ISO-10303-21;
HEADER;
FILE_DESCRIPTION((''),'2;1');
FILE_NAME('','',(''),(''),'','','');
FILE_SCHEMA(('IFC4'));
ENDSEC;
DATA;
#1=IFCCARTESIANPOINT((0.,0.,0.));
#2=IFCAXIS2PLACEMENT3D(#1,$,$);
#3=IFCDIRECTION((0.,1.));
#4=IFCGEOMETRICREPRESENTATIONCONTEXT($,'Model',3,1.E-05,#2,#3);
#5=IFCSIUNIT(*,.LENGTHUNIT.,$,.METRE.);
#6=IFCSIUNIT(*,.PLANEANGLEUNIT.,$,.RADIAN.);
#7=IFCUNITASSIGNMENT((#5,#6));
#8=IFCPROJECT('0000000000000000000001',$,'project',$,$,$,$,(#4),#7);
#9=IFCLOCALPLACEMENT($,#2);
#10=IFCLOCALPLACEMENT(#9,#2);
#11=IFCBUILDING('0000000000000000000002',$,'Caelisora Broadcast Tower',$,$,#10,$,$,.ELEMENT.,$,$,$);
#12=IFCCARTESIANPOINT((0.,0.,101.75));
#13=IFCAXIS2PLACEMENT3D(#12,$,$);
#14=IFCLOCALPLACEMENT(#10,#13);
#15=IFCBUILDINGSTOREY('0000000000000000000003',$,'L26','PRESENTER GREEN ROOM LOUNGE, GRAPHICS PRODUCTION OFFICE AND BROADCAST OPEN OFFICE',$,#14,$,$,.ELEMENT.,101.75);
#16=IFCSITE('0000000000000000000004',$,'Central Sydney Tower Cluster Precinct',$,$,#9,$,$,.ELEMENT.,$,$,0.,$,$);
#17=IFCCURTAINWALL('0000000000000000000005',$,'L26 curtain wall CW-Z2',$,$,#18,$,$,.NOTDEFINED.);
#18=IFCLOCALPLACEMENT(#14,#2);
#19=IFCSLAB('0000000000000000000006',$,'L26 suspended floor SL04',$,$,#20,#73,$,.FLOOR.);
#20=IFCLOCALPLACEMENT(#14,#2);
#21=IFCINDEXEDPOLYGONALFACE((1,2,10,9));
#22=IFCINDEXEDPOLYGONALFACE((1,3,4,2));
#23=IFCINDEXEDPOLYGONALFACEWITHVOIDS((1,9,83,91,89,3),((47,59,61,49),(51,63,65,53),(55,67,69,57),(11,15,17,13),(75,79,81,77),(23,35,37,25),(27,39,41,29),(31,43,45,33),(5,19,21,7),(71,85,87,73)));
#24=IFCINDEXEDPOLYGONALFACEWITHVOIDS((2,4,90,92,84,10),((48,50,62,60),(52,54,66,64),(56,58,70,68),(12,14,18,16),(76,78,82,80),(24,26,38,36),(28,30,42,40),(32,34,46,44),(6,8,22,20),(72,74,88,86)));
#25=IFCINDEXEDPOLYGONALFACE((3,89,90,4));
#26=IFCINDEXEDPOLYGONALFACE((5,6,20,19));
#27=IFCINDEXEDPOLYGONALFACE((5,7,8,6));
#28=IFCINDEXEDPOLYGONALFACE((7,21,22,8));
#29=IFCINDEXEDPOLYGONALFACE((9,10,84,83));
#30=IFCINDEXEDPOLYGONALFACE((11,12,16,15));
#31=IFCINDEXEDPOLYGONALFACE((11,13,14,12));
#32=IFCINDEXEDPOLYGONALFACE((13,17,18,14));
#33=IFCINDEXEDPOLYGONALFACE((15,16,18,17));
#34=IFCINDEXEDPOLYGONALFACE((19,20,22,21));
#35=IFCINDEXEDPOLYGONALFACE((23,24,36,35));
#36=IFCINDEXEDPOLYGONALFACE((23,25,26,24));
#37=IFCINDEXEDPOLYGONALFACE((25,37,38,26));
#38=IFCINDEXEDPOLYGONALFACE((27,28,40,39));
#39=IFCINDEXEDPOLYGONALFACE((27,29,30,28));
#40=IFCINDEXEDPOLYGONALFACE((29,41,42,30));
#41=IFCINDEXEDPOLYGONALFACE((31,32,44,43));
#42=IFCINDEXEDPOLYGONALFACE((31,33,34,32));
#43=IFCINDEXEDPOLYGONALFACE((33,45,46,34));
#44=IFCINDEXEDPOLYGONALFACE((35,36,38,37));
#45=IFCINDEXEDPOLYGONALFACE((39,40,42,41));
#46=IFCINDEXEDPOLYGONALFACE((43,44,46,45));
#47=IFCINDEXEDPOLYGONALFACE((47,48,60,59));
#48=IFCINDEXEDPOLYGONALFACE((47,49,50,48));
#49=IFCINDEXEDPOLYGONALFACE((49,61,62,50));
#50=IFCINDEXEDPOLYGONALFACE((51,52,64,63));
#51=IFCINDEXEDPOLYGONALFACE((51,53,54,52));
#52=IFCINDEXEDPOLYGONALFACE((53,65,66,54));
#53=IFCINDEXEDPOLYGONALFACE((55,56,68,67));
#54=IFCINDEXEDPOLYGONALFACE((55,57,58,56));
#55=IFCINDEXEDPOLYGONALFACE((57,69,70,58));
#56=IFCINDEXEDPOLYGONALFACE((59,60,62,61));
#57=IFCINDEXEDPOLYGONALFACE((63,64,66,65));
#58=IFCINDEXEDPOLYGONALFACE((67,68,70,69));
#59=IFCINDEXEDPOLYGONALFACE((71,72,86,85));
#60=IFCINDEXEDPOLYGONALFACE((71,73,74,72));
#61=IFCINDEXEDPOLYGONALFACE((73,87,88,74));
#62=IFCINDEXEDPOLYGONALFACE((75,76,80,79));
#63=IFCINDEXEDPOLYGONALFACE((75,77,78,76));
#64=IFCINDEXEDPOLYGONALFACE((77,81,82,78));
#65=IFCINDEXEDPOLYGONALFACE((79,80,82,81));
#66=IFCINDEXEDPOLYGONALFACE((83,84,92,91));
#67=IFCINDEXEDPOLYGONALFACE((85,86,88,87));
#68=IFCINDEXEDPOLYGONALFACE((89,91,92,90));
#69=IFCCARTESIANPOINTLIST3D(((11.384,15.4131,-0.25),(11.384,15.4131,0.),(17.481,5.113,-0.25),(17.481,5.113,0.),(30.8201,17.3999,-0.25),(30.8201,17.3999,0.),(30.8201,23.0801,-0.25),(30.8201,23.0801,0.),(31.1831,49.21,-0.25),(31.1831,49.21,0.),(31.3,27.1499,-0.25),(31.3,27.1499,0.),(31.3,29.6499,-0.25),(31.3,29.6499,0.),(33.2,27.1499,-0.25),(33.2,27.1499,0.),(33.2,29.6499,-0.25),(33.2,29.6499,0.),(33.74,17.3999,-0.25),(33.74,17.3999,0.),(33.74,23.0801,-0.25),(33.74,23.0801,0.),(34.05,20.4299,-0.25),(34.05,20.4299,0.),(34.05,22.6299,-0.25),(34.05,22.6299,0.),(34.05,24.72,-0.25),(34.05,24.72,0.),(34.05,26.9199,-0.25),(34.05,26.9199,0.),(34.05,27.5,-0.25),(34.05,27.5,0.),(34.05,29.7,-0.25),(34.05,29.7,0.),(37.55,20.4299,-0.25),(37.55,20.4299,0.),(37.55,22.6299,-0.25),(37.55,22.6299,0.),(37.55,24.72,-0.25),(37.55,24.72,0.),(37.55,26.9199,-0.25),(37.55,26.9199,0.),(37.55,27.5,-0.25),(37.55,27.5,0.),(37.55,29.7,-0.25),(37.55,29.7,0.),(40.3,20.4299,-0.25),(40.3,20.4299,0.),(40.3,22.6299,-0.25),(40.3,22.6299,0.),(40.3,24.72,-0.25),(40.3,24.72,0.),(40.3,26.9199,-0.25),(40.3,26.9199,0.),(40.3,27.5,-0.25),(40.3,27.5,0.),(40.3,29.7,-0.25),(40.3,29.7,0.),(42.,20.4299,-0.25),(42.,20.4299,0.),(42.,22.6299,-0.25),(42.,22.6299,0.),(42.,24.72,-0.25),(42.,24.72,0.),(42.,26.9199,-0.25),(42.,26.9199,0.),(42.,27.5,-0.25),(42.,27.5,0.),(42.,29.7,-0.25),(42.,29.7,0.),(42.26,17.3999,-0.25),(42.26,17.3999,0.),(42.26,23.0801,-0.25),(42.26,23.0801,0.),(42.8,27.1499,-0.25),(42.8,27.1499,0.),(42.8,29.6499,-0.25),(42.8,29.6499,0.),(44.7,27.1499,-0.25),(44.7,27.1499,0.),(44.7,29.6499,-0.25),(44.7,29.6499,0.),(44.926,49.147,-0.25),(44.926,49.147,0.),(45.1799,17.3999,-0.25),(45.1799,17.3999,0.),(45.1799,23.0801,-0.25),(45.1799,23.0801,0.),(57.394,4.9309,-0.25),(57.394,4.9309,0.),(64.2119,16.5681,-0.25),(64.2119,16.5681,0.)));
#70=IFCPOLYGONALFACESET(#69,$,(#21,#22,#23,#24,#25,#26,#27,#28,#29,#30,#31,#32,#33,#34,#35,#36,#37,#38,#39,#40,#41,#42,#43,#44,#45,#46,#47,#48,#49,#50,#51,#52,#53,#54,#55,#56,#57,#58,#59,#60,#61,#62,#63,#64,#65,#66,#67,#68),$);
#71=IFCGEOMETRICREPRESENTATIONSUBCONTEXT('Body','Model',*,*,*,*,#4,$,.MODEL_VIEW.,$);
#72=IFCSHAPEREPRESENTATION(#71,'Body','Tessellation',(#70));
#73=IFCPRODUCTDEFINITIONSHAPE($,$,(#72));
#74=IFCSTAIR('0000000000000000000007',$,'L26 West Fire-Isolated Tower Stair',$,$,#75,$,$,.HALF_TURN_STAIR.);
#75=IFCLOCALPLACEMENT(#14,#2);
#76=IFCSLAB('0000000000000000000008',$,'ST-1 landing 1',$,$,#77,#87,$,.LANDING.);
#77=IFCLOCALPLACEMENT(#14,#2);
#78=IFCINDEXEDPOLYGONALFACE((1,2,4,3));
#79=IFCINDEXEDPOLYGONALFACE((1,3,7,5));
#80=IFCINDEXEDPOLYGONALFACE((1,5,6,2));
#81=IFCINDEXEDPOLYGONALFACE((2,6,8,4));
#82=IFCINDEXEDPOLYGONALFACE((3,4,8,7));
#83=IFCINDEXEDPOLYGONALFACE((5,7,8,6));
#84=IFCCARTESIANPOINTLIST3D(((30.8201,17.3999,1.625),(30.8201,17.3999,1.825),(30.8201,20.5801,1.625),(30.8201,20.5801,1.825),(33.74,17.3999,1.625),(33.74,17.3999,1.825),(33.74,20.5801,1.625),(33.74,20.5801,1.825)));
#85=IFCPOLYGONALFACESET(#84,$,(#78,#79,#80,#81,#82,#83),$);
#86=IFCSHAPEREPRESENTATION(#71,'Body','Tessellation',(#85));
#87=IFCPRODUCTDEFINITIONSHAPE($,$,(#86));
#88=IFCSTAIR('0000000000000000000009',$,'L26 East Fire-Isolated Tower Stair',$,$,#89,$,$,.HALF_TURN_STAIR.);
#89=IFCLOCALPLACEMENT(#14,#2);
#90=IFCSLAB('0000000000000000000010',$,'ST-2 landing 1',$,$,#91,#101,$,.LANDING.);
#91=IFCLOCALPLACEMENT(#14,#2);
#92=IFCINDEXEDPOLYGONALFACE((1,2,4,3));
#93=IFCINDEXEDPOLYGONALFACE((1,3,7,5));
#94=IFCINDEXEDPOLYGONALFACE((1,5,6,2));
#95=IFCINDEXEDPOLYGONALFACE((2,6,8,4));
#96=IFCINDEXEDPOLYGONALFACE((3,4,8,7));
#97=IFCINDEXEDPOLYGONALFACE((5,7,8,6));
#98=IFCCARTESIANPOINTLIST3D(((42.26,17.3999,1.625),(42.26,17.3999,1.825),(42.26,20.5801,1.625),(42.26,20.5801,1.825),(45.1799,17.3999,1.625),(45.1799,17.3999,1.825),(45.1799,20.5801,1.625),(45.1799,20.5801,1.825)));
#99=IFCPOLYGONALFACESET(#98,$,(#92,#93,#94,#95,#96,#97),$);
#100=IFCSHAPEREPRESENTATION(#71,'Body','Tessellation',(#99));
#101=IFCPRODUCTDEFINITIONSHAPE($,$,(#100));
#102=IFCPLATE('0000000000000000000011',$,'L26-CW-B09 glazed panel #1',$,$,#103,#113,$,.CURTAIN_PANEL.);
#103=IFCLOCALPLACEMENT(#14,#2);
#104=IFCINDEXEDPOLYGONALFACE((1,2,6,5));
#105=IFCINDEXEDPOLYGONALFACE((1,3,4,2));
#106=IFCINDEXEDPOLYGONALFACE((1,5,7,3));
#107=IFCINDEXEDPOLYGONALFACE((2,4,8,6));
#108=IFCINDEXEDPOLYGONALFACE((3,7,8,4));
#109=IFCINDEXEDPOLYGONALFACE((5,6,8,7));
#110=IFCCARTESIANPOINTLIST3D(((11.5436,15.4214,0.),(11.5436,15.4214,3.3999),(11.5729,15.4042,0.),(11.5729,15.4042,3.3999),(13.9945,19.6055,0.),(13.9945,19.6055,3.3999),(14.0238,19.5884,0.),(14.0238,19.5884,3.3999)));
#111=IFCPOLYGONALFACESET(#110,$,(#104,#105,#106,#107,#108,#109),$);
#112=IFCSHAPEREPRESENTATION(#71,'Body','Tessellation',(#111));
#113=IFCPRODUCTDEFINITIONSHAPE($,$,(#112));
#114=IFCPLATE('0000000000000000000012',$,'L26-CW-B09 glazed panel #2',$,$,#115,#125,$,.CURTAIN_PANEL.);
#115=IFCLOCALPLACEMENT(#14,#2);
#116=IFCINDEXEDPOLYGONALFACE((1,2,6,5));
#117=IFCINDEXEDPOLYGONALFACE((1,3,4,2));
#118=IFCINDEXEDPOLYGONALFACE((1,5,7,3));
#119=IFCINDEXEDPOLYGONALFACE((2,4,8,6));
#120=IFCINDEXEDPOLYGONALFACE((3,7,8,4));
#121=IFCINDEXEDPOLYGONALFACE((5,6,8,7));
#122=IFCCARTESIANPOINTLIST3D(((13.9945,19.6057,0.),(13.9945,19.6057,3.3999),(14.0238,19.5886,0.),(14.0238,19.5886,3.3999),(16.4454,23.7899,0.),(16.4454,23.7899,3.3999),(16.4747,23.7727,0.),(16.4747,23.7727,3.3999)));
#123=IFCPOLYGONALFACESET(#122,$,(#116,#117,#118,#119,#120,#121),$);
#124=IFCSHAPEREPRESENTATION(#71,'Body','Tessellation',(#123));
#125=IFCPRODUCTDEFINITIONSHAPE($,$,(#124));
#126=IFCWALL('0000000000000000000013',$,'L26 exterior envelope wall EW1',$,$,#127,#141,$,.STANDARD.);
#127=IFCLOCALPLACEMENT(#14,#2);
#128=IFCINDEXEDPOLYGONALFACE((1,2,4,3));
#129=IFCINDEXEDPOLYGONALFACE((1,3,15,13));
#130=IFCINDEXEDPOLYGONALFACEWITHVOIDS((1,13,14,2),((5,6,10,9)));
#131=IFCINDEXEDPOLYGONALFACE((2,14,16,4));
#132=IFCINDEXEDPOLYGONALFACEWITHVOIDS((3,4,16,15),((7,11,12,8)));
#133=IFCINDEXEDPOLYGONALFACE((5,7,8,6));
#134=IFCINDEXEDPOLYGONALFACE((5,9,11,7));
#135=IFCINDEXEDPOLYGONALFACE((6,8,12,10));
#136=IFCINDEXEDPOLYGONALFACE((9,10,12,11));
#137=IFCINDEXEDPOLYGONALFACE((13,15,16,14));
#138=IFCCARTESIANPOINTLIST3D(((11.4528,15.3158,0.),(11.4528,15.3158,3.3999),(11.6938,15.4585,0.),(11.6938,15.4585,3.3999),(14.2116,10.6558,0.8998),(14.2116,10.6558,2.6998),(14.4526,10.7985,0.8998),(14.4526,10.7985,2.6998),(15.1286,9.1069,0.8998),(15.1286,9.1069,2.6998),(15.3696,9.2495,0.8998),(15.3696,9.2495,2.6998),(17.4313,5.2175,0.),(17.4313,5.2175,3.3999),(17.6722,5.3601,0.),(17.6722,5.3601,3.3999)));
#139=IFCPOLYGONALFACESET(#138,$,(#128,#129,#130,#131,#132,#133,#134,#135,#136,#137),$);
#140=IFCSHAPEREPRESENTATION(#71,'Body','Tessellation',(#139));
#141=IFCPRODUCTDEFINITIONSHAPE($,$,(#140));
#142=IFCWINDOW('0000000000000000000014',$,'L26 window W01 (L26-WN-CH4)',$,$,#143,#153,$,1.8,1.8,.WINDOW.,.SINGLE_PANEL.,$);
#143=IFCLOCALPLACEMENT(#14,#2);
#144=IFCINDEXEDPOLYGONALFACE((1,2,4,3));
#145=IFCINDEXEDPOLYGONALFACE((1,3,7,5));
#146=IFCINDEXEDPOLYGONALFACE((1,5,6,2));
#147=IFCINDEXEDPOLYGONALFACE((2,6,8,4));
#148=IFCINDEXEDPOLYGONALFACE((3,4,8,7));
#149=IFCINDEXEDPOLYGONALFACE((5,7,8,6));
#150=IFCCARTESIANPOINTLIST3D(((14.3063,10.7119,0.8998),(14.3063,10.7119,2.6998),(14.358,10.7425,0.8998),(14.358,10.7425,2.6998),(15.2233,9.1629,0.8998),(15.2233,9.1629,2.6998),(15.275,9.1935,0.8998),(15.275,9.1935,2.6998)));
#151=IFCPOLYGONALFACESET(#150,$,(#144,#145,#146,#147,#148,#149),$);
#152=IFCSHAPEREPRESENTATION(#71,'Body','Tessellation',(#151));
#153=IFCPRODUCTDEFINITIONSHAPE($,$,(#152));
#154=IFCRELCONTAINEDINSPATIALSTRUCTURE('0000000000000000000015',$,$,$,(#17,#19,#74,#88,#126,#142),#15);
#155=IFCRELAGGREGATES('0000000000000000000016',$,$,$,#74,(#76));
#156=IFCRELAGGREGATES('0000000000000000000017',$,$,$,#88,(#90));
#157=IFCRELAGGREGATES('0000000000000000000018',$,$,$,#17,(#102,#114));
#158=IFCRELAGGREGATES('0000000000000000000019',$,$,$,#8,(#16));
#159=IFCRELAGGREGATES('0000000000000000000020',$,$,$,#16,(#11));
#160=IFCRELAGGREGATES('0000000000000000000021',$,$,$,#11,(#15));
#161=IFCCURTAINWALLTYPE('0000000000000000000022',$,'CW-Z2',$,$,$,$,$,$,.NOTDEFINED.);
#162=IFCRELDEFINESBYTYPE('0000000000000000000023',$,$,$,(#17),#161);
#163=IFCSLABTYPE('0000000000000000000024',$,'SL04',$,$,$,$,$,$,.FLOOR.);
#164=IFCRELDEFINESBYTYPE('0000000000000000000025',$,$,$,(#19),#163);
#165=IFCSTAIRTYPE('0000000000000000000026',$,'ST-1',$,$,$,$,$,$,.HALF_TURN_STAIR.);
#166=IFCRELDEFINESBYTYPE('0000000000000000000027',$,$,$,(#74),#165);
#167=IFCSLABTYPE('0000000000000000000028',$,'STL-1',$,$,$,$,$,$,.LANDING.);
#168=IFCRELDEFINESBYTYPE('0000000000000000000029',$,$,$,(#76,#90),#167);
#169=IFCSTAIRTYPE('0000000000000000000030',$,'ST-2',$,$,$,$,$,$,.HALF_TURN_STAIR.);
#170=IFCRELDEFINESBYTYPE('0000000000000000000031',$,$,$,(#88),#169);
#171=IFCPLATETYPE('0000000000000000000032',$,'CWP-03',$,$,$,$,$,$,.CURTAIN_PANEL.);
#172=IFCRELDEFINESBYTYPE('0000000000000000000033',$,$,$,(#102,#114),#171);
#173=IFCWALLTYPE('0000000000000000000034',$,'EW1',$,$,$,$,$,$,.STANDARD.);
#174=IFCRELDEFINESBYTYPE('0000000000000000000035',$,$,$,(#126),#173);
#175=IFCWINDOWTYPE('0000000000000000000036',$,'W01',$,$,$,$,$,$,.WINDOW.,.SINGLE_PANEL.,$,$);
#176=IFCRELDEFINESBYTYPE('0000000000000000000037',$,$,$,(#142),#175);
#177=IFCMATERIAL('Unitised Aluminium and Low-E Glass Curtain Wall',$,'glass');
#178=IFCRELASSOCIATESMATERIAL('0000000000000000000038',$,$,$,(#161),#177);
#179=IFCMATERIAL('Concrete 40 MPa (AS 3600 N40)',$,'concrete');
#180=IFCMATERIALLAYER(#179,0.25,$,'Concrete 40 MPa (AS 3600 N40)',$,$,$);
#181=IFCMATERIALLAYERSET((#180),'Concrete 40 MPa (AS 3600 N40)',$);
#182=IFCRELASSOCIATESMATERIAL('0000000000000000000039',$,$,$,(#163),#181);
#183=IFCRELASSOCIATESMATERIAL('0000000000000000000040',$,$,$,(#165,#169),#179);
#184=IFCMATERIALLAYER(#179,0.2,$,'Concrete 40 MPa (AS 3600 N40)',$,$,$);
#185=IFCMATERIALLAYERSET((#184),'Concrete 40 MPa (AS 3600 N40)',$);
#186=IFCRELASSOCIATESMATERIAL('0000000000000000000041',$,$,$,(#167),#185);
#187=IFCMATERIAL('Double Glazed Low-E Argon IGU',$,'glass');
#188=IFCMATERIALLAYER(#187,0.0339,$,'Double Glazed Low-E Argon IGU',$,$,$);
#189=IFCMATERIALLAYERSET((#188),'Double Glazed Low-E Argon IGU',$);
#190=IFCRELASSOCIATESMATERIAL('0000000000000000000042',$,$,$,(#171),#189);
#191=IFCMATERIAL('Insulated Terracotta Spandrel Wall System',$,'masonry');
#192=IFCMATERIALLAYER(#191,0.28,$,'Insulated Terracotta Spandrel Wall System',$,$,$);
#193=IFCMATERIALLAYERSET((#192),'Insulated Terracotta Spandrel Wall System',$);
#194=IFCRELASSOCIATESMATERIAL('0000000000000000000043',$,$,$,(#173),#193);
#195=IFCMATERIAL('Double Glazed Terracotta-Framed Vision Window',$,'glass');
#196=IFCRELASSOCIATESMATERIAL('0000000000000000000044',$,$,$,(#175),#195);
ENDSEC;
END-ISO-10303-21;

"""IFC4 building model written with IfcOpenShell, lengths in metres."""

from ifc_helpers import new_model, si_unit, direction, frame, frame_2d, origin, origin_2d, place, context, subcontext, project, spatial, polyline, rectangle, outline, extrude, source, transform, mapped, material, layer, layer_set, type_object, type_shapes, element, fill, aggregate, save


model = new_model("IFC4")

# Units and contexts
model_context = context("Model", 3, precision=1e-05, world=origin(), true_north=direction((0.0, 1.0)))
body_context = subcontext(model_context, "Body", "Model", "MODEL_VIEW")
ifc_project = project(units=[si_unit("LENGTHUNIT", "METRE"), si_unit("PLANEANGLEUNIT", "RADIAN")], contexts=[model_context])

# Site, building, storey
site_placement = place(None, origin())
site = spatial("IfcSite", under=ifc_project, at=site_placement, Name="Central Sydney Tower Cluster Precinct", CompositionType="ELEMENT", RefElevation=0.0)
building_placement = place(site_placement, origin())
building = spatial("IfcBuilding", under=site, at=building_placement, Name="Caelisora Broadcast Tower", CompositionType="ELEMENT")
storey_placement = place(building_placement, frame((0.0, 0.0, 101.75)))
storey = spatial("IfcBuildingStorey", under=building, at=storey_placement, Name="L26", Description="PRESENTER GREEN ROOM LOUNGE, GRAPHICS PRODUCTION OFFICE AND BROADCAST OPEN OFFICE", CompositionType="ELEMENT", Elevation=101.75)

# Curtain wall
ifc_material_1 = material(Name="Unitised Aluminium and Low-E Glass Curtain Wall", Category="glass")
curtain_wall_type = type_object("IfcCurtainWallType", Name="CW-Z2", PredefinedType="NOTDEFINED", material=ifc_material_1)
curtain_wall_placement = place(storey_placement, origin())
curtain_wall = element("IfcCurtainWall", 1, at=curtain_wall_placement, inside=storey, type_object=curtain_wall_type, Name="L26 curtain wall CW-Z2", PredefinedType="NOTDEFINED")

# Slab
ifc_material_2 = material(Name="Concrete 40 MPa (AS 3600 N40)", Category="concrete")
ifc_layer_1 = layer(ifc_material_2, 0.25, Name="Concrete 40 MPa (AS 3600 N40)")
ifc_layer_set_1 = layer_set([ifc_layer_1], Name="Concrete 40 MPa (AS 3600 N40)")
slab_type_1 = type_object("IfcSlabType", Name="SL04", PredefinedType="FLOOR", material=ifc_layer_set_1)
slab_1_placement = place(storey_placement, frame((0.0, 0.0, -0.25)))
element("IfcSlab", 2, at=slab_1_placement, inside=storey, type_object=slab_type_1, Name="L26 suspended floor SL04", PredefinedType="FLOOR", context=body_context, shape_type="SweptSolid", body=[
    extrude(outline(polyline([(44.926, 49.147), (31.1831, 49.21), (11.384, 15.4131), (17.481, 5.113), (57.394, 4.9309), (64.2119, 16.5681), (44.926, 49.147)]), holes=[polyline([(30.8201, 17.3999), (33.74, 17.3999), (33.74, 23.0801), (30.8201, 23.0801), (30.8201, 17.3999)]), polyline([(42.26, 17.3999), (45.1799, 17.3999), (45.1799, 23.0801), (42.26, 23.0801), (42.26, 17.3999)]), polyline([(42.8, 27.1499), (44.7, 27.1499), (44.7, 29.6499), (42.8, 29.6499), (42.8, 27.1499)]), polyline([(40.3, 20.4299), (42.0, 20.4299), (42.0, 22.6299), (40.3, 22.6299), (40.3, 20.4299)]), polyline([(40.3, 24.72), (42.0, 24.72), (42.0, 26.9199), (40.3, 26.9199), (40.3, 24.72)]), polyline([(40.3, 27.5), (42.0, 27.5), (42.0, 29.7), (40.3, 29.7), (40.3, 27.5)]), polyline([(34.05, 20.4299), (37.55, 20.4299), (37.55, 22.6299), (34.05, 22.6299), (34.05, 20.4299)]), polyline([(34.05, 24.72), (37.55, 24.72), (37.55, 26.9199), (34.05, 26.9199), (34.05, 24.72)]), polyline([(34.05, 27.5), (37.55, 27.5), (37.55, 29.7), (34.05, 29.7), (34.05, 27.5)]), polyline([(31.3, 27.1499), (33.2, 27.1499), (33.2, 29.6499), (31.3, 29.6499), (31.3, 27.1499)])]), origin(), (0.0, 0.0, 1.0), 0.25),
])

# Stairs, slabs
stair_type_1 = type_object("IfcStairType", Name="ST-1", PredefinedType="HALF_TURN_STAIR", material=ifc_material_2)
stair_1_placement = place(storey_placement, origin())
stair_1 = element("IfcStair", 3, at=stair_1_placement, inside=storey, type_object=stair_type_1, Name="L26 West Fire-Isolated Tower Stair", PredefinedType="HALF_TURN_STAIR")
ifc_layer_2 = layer(ifc_material_2, 0.2, Name="Concrete 40 MPa (AS 3600 N40)")
ifc_layer_set_2 = layer_set([ifc_layer_2], Name="Concrete 40 MPa (AS 3600 N40)")
slab_type_2 = type_object("IfcSlabType", Name="STL-1", PredefinedType="LANDING", material=ifc_layer_set_2)
slab_2_placement = place(storey_placement, frame((0.0, 0.0, 1.625)))
slab_2 = element("IfcSlab", 4, at=slab_2_placement, type_object=slab_type_2, Name="ST-1 landing 1", PredefinedType="LANDING", context=body_context, shape_type="SweptSolid", body=[
    extrude(outline(polyline([(30.8201, 20.5801), (30.8201, 17.3999), (33.74, 17.3999), (33.74, 20.5801), (30.8201, 20.5801)])), origin(), (0.0, 0.0, 1.0), 0.2),
])
aggregate(stair_1, [slab_2])
stair_type_2 = type_object("IfcStairType", Name="ST-2", PredefinedType="HALF_TURN_STAIR", material=ifc_material_2)
stair_2_placement = place(storey_placement, origin())
stair_2 = element("IfcStair", 5, at=stair_2_placement, inside=storey, type_object=stair_type_2, Name="L26 East Fire-Isolated Tower Stair", PredefinedType="HALF_TURN_STAIR")
slab_3_placement = place(storey_placement, frame((0.0, 0.0, 1.625)))
slab_3 = element("IfcSlab", 6, at=slab_3_placement, type_object=slab_type_2, Name="ST-2 landing 1", PredefinedType="LANDING", context=body_context, shape_type="SweptSolid", body=[
    extrude(outline(polyline([(42.26, 20.5801), (42.26, 17.3999), (45.1799, 17.3999), (45.1799, 20.5801), (42.26, 20.5801)])), origin(), (0.0, 0.0, 1.0), 0.2),
])
aggregate(stair_2, [slab_3])

# Plates
ifc_material_3 = material(Name="Double Glazed Low-E Argon IGU", Category="glass")
ifc_layer_3 = layer(ifc_material_3, 0.0339, Name="Double Glazed Low-E Argon IGU")
ifc_layer_set_3 = layer_set([ifc_layer_3], Name="Double Glazed Low-E Argon IGU")
plate_type = type_object("IfcPlateType", Name="CWP-03", PredefinedType="CURTAIN_PANEL", material=ifc_layer_set_3)
shared_shape_1 = source(origin(), body_context, "Body", "SweptSolid", [
    extrude(rectangle(XDim=4.8491, YDim=0.0339, at=origin_2d()), origin(), (0.0, 0.0, 1.0), 3.3999),
])
type_shapes(plate_type, [shared_shape_1])
plate_1_placement = place(storey_placement, frame((12.7837, 17.5049, 0.0), z_axis=(0.0, 0.0, 1.0), x_axis=(0.505431, 0.862867, 0.0)))
plate_1 = element("IfcPlate", 7, at=plate_1_placement, type_object=plate_type, Name="L26-CW-B09 glazed panel #1", PredefinedType="CURTAIN_PANEL", context=body_context, shape_type="MappedRepresentation", body=[
    mapped(shared_shape_1, transform((0.0, 0.0, 0.0), scale=1.0)),
])
plate_2_placement = place(storey_placement, frame((15.2346, 21.6892, 0.0), z_axis=(0.0, 0.0, 1.0), x_axis=(0.505431, 0.862867, 0.0)))
plate_2 = element("IfcPlate", 8, at=plate_2_placement, type_object=plate_type, Name="L26-CW-B09 glazed panel #2", PredefinedType="CURTAIN_PANEL", context=body_context, shape_type="MappedRepresentation", body=[
    mapped(shared_shape_1, transform((0.0, 0.0, 0.0), scale=1.0)),
])
aggregate(curtain_wall, [plate_1, plate_2])

# Wall, opening, window
ifc_material_4 = material(Name="Insulated Terracotta Spandrel Wall System", Category="masonry")
ifc_layer_4 = layer(ifc_material_4, 0.28, Name="Insulated Terracotta Spandrel Wall System")
ifc_layer_set_4 = layer_set([ifc_layer_4], Name="Insulated Terracotta Spandrel Wall System")
wall_type_1 = type_object("IfcWallType", Name="EW1", PredefinedType="STANDARD", material=ifc_layer_set_4)
wall_1_placement = place(storey_placement, frame((17.5518, 5.2888, 0.0), z_axis=(0.0, 0.0, 1.0), x_axis=(-0.509442, 0.860505, 0.0)))
wall_1 = element("IfcWall", 9, at=wall_1_placement, inside=storey, type_object=wall_type_1, Name="L26 exterior envelope wall EW1", PredefinedType="STANDARD", context=body_context, shape_type="SweptSolid", body=[
    extrude(rectangle(XDim=11.7354, YDim=0.28, at=frame_2d((5.8677, 0.0))), origin(), (0.0, 0.0, 1.0), 3.3999),
])
opening_1_placement = place(wall_1_placement, frame((4.52, 0.0, 0.8999)))
opening_1 = element("IfcOpeningElement", 10, at=opening_1_placement, cuts=wall_1, PredefinedType="OPENING", context=body_context, shape_type="SweptSolid", body=[
    extrude(rectangle(XDim=1.8, YDim=1.8, at=frame_2d((0.8999, 0.8999))), frame((0.0, 0.1521, 0.0), z_axis=(0.0, -1.0, 0.0), x_axis=(1.0, 0.0, 0.0)), (0.0, 0.0, 1.0), 0.304),
])
ifc_material_5 = material(Name="Double Glazed Terracotta-Framed Vision Window", Category="glass")
window_type = type_object("IfcWindowType", Name="W01", PartitioningType="SINGLE_PANEL", PredefinedType="WINDOW", material=ifc_material_5)
window_placement = place(opening_1_placement, origin())
window = element("IfcWindow", 11, at=window_placement, inside=storey, type_object=window_type, Name="L26 window W01 (L26-WN-CH4)", OverallHeight=1.8, OverallWidth=1.8, PartitioningType="SINGLE_PANEL", PredefinedType="WINDOW", context=body_context, shape_type="SweptSolid", body=[
    extrude(rectangle(XDim=1.8, YDim=1.8, at=frame_2d((0.8999, 0.8999))), frame((0.0, 0.03, 0.0), z_axis=(0.0, -1.0, 0.0), x_axis=(1.0, 0.0, 0.0)), (0.0, 0.0, 1.0), 0.0601),
])
fill(opening_1, window)

save(model, "model.ifc")
